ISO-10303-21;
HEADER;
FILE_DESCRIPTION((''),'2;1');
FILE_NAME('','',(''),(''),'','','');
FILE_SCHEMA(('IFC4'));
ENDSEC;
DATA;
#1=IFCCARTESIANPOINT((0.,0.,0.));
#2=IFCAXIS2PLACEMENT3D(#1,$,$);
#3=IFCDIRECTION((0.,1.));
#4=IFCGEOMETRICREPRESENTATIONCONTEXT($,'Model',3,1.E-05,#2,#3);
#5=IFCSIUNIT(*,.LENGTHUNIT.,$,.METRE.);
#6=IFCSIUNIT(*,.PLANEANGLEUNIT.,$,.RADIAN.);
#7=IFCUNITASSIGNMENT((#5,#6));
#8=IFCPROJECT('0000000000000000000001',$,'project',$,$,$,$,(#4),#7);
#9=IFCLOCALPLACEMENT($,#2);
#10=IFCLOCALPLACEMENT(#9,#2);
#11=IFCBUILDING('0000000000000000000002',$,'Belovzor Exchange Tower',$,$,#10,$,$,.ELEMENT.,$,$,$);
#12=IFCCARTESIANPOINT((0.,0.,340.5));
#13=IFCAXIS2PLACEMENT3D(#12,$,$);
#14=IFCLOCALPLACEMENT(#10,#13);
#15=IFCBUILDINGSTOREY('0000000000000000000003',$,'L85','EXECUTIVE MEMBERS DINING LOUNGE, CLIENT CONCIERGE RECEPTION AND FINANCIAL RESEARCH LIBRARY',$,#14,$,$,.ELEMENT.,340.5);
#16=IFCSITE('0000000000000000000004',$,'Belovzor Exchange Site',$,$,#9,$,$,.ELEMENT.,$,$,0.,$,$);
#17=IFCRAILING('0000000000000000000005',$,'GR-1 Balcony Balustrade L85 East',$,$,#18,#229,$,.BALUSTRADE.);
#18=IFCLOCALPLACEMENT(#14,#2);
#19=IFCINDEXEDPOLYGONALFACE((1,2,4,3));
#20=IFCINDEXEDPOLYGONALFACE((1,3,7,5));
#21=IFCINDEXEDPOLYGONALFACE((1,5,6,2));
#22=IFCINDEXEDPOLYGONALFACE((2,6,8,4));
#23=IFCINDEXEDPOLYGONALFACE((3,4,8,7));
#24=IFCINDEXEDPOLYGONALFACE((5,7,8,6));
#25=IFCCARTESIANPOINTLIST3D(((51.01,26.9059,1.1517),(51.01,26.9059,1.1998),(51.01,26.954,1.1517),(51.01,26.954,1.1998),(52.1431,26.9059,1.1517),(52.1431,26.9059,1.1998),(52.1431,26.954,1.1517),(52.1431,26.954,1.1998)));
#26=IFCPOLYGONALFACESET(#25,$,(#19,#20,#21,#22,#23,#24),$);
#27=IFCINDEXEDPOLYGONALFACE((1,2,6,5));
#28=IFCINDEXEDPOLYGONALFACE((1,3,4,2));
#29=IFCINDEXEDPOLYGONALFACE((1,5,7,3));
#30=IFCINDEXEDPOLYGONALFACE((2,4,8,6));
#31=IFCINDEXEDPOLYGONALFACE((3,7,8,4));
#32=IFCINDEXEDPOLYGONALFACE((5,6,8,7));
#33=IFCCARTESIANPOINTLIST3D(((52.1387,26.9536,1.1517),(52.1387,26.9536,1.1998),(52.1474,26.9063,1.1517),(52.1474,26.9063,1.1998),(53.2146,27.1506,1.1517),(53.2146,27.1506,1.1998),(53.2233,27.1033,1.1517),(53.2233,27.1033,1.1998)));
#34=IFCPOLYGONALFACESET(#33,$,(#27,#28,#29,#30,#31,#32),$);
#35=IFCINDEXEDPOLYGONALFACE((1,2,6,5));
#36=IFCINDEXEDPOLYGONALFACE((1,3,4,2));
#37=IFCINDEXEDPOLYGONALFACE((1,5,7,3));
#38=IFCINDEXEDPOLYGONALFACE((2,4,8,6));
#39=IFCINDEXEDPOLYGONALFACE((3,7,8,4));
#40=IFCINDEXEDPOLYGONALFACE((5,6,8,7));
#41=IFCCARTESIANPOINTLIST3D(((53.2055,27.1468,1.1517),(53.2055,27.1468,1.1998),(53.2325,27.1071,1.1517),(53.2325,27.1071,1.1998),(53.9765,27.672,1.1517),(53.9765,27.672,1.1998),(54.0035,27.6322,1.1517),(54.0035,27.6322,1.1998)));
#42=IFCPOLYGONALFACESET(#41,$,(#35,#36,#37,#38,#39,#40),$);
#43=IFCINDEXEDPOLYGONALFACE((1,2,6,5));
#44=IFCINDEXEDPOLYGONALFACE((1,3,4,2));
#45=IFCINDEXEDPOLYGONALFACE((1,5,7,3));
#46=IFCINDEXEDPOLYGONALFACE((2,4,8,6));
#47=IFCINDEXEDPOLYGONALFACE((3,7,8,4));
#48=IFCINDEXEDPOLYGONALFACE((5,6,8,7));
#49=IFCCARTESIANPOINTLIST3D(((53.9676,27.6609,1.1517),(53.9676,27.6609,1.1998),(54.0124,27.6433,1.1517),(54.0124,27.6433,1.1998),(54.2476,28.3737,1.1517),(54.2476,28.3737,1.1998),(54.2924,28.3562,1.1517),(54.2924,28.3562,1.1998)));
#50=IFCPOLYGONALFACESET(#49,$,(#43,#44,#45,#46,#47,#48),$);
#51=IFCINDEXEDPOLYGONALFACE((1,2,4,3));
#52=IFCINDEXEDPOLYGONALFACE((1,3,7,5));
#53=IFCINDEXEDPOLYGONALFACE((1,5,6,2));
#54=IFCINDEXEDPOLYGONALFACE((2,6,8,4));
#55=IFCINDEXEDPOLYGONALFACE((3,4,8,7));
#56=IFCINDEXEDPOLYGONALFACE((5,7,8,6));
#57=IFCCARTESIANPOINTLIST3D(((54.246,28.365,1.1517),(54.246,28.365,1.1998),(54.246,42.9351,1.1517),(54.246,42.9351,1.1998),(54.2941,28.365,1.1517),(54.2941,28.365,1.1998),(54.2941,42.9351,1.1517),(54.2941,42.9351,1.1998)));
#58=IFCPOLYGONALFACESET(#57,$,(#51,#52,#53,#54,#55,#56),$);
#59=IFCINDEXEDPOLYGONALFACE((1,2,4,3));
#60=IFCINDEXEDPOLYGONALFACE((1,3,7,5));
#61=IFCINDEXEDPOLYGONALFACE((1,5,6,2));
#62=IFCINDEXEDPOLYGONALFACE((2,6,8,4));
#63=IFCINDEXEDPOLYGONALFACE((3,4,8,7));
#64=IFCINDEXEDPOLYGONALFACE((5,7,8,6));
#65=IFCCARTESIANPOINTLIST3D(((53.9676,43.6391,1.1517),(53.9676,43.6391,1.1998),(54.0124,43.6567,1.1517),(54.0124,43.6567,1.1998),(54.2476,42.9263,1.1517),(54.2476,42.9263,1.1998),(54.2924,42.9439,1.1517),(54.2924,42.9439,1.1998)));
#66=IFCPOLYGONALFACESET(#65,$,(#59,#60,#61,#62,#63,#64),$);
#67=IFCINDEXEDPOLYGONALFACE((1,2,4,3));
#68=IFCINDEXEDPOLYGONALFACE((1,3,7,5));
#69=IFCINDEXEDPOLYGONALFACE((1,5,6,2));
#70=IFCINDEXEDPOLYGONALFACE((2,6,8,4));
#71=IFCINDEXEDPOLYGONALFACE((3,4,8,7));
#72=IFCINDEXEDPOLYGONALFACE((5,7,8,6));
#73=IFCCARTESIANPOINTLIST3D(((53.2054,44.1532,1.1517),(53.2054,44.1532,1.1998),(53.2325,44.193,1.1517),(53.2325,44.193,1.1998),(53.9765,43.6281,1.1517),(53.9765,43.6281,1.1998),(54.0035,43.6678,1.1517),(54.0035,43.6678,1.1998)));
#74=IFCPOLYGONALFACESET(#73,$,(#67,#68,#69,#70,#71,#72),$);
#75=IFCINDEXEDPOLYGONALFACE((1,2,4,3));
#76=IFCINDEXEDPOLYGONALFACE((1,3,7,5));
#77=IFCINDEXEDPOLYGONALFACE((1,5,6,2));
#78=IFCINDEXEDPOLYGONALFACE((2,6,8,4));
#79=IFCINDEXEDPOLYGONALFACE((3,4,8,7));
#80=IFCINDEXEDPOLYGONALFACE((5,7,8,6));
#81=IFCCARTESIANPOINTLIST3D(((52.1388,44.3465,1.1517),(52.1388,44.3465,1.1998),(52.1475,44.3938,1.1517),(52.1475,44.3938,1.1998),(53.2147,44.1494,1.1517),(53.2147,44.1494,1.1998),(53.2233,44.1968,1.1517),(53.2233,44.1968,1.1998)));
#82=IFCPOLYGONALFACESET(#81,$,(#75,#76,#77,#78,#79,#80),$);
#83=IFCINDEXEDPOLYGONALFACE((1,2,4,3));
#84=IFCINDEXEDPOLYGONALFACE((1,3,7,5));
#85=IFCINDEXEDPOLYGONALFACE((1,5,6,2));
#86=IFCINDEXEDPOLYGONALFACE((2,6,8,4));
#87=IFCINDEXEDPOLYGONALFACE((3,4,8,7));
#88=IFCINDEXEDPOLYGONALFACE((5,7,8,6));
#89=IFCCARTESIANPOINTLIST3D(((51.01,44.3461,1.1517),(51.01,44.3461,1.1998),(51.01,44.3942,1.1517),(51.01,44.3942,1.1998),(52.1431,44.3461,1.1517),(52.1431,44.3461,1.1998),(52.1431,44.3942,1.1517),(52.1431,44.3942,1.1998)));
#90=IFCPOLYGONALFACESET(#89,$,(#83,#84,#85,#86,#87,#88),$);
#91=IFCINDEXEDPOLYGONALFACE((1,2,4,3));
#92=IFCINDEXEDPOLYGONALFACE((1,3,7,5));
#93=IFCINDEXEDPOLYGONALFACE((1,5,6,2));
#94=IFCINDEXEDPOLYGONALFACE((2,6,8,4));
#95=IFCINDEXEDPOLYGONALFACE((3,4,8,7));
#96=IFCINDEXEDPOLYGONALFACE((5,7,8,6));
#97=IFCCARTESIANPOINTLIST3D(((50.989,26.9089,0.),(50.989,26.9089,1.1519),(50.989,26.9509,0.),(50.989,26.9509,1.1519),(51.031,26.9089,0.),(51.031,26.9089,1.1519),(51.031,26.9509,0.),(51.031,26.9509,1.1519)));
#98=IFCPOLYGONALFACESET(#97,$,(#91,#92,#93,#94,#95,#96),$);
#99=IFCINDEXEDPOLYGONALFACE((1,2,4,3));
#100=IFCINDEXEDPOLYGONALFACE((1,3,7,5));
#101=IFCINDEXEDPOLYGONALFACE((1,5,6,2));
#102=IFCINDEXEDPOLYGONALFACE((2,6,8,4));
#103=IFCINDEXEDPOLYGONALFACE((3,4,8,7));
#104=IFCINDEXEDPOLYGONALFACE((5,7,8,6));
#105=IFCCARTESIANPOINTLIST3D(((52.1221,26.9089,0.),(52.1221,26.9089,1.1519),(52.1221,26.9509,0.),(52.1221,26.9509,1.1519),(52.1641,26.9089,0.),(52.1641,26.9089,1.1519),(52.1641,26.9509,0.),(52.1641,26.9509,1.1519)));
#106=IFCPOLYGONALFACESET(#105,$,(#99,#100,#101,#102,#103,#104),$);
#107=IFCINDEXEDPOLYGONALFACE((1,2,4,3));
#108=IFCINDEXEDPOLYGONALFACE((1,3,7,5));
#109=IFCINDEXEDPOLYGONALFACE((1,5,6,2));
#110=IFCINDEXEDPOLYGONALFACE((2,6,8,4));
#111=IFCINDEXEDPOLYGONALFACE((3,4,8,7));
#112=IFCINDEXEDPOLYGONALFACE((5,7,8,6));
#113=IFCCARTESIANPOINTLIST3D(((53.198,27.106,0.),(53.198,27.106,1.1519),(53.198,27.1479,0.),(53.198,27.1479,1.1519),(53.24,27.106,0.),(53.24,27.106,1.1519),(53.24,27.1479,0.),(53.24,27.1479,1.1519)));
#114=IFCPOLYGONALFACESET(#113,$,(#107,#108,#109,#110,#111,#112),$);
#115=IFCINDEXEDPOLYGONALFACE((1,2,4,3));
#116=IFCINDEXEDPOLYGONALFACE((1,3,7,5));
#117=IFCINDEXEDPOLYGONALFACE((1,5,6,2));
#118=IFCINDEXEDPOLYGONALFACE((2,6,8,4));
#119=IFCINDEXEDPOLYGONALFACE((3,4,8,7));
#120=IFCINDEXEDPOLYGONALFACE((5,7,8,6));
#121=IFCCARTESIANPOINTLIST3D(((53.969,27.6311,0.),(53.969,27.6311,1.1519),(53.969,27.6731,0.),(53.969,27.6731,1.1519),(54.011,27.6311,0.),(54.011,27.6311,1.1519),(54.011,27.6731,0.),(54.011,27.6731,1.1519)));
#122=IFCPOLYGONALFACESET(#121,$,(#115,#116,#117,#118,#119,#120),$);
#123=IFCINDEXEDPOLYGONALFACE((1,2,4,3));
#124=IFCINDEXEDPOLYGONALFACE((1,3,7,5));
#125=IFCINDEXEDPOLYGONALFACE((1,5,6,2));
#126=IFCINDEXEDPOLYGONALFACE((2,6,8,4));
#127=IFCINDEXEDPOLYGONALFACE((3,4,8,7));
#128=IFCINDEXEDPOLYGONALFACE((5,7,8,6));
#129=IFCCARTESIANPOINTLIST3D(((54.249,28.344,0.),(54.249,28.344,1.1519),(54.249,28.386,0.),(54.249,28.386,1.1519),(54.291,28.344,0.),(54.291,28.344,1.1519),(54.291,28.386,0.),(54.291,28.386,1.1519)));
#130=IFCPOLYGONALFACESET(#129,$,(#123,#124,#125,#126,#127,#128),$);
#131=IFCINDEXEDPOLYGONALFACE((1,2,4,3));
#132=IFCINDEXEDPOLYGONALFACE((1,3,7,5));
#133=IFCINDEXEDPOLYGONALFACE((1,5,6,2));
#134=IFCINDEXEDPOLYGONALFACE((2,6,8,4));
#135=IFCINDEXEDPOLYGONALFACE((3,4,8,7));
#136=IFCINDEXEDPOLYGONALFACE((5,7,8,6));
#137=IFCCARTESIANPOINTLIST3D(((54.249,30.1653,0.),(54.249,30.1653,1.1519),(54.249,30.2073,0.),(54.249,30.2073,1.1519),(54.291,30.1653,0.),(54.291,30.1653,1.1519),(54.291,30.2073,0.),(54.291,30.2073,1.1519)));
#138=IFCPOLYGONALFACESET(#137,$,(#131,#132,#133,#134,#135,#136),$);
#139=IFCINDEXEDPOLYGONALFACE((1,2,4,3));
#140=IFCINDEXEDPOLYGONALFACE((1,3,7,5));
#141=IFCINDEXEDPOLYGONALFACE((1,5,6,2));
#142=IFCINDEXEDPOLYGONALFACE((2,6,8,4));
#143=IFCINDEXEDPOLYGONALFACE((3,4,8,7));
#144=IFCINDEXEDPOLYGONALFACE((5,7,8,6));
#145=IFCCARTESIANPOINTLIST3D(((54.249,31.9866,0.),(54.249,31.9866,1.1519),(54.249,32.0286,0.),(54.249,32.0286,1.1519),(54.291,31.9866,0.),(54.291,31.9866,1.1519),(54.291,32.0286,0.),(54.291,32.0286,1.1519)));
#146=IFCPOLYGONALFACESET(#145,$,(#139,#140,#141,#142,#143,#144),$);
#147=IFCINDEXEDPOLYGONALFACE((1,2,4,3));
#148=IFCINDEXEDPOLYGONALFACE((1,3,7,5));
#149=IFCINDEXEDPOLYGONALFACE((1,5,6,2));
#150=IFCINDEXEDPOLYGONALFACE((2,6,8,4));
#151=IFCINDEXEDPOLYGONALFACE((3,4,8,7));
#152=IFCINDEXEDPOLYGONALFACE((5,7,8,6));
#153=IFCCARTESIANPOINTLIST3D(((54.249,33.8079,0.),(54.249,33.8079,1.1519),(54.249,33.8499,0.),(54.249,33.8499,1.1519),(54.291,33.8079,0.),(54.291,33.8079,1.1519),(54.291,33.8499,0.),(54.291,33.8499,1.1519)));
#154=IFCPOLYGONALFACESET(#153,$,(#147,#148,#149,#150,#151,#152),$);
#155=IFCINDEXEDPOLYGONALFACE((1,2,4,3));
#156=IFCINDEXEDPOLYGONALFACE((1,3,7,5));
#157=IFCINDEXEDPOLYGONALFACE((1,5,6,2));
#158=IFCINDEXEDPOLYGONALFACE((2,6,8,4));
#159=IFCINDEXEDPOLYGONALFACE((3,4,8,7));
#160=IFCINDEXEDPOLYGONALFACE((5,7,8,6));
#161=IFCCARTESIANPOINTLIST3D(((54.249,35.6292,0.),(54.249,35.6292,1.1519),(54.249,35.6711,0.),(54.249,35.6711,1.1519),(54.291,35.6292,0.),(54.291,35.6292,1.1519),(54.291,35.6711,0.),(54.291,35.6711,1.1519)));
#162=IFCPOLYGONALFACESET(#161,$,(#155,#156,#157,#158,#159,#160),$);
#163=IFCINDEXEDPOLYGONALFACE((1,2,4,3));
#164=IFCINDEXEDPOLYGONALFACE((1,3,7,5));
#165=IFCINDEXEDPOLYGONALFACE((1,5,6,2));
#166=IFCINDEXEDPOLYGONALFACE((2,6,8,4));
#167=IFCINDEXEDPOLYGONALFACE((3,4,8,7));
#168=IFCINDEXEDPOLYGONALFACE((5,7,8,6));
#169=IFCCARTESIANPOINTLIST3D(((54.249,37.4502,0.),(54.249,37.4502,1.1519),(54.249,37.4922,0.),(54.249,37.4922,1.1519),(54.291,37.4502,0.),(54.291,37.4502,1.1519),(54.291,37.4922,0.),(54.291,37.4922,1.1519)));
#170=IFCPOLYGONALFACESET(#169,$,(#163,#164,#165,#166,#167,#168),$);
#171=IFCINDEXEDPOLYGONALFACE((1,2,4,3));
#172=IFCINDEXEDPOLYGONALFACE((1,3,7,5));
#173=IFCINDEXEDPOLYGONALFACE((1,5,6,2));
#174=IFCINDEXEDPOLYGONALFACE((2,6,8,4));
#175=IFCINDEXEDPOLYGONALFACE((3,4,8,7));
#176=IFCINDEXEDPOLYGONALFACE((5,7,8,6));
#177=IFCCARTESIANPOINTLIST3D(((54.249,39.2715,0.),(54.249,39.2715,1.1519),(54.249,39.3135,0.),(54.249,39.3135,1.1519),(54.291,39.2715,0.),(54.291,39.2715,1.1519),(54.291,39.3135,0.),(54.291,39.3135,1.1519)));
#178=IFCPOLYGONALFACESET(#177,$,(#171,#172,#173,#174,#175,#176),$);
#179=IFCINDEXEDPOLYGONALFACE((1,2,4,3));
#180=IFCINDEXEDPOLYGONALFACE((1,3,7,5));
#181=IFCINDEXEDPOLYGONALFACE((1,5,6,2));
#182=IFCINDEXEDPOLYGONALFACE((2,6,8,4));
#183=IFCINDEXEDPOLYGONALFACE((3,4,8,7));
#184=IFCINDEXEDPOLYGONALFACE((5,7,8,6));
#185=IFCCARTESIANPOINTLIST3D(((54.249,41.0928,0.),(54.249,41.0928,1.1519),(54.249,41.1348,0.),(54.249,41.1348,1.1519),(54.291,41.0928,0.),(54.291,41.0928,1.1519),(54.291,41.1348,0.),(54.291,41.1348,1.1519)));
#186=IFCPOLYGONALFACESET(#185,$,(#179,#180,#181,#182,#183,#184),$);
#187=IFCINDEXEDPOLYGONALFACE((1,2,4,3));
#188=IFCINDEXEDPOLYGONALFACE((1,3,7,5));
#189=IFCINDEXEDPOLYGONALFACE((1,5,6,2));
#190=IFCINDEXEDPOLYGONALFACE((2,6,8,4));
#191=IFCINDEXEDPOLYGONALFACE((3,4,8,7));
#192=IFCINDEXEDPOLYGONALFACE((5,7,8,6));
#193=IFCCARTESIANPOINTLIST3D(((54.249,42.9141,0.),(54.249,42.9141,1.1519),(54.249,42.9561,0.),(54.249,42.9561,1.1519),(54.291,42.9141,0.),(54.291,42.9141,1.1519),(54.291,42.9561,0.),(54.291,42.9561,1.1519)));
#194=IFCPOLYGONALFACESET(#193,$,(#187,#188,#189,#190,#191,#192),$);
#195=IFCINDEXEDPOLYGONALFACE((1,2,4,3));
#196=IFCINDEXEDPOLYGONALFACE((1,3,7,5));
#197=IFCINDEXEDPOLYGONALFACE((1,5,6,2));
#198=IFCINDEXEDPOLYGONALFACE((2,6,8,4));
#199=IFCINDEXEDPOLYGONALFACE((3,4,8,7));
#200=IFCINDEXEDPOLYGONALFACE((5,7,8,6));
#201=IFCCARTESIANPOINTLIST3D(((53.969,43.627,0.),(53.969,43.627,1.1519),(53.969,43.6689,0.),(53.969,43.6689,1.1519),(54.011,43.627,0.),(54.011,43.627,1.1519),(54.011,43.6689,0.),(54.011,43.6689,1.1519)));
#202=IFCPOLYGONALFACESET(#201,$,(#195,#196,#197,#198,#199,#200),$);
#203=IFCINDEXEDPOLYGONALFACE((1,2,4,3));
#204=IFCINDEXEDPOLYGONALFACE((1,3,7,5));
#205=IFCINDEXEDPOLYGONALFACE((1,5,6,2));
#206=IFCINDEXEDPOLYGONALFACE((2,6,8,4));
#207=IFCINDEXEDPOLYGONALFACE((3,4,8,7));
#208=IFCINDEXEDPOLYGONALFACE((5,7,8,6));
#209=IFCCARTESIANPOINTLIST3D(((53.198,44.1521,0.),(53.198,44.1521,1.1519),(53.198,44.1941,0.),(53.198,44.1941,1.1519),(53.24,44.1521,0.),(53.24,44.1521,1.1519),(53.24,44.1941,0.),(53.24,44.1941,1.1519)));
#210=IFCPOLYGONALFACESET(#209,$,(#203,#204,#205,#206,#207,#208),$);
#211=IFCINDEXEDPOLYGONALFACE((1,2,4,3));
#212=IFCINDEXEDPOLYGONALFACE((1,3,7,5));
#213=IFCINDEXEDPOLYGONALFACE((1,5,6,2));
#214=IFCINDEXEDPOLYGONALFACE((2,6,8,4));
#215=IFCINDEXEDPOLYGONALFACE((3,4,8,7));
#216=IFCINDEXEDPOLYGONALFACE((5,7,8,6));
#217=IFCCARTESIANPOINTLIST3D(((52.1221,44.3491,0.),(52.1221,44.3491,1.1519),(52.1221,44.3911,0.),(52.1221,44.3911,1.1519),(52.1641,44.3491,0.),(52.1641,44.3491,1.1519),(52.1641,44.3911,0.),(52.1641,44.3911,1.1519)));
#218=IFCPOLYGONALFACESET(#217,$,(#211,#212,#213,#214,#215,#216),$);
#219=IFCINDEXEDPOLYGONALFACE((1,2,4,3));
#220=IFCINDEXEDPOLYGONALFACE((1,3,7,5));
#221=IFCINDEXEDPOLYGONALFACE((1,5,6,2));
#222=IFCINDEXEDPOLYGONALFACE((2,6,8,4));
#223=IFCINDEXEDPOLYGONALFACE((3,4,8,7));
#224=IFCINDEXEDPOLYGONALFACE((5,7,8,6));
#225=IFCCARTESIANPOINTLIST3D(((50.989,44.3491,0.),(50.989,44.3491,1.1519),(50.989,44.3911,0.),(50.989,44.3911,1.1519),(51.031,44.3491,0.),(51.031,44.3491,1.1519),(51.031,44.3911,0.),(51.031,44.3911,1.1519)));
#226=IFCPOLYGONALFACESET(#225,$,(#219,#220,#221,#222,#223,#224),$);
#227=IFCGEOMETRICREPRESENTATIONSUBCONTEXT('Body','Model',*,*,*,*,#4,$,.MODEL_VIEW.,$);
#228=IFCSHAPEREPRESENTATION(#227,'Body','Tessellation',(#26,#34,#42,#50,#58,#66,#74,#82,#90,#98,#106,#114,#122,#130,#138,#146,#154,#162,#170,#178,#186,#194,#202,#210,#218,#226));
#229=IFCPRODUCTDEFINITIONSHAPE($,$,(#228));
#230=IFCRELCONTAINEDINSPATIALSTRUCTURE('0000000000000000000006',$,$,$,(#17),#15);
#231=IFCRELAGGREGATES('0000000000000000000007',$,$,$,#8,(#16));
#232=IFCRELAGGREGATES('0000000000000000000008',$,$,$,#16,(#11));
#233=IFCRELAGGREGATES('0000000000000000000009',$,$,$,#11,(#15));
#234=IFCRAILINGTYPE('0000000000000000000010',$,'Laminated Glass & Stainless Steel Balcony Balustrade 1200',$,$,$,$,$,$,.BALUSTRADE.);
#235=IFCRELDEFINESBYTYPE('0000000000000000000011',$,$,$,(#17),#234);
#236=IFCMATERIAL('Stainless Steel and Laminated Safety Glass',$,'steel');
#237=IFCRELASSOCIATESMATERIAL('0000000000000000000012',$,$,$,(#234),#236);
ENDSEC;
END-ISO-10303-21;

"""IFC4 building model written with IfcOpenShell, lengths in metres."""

from ifc_helpers import new_model, si_unit, direction, frame, origin, origin_2d, place, context, subcontext, project, spatial, rectangle, extrude, material, type_object, element, save


model = new_model("IFC4")

# Units and contexts
model_context = context("Model", 3, precision=1e-05, world=origin(), true_north=direction((0.0, 1.0)))
body_context = subcontext(model_context, "Body", "Model", "MODEL_VIEW")
ifc_project = project(units=[si_unit("LENGTHUNIT", "METRE"), si_unit("PLANEANGLEUNIT", "RADIAN")], contexts=[model_context])

# Site, building, storey
site_placement = place(None, origin())
site = spatial("IfcSite", under=ifc_project, at=site_placement, Name="Belovzor Exchange Site", CompositionType="ELEMENT", RefElevation=0.0)
building_placement = place(site_placement, origin())
building = spatial("IfcBuilding", under=site, at=building_placement, Name="Belovzor Exchange Tower", CompositionType="ELEMENT")
storey_placement = place(building_placement, frame((0.0, 0.0, 340.5)))
storey = spatial("IfcBuildingStorey", under=building, at=storey_placement, Name="L85", Description="EXECUTIVE MEMBERS DINING LOUNGE, CLIENT CONCIERGE RECEPTION AND FINANCIAL RESEARCH LIBRARY", CompositionType="ELEMENT", Elevation=340.5)

# Railing
ifc_material_1 = material(Name="Stainless Steel and Laminated Safety Glass", Category="steel")
railing_type = type_object("IfcRailingType", Name="Laminated Glass & Stainless Steel Balcony Balustrade 1200", PredefinedType="BALUSTRADE", material=ifc_material_1)
railing_placement = place(storey_placement, frame((51.01, 26.9299, 0.0)))
element("IfcRailing", 1, at=railing_placement, inside=storey, type_object=railing_type, Name="GR-1 Balcony Balustrade L85 East", PredefinedType="BALUSTRADE", context=body_context, shape_type="SweptSolid", body=[
    extrude(rectangle(XDim=0.0481, YDim=0.0481, at=origin_2d()), frame((0.0, 0.0, 1.1758), z_axis=(1.0, 0.0, 0.0), x_axis=(0.0, 1.0, 0.0)), (0.0, 0.0, 1.0), 1.1331),
    extrude(rectangle(XDim=0.0481, YDim=0.0481, at=origin_2d()), frame((1.1331, 0.0, 1.1758), z_axis=(0.983644, 0.180123, 0.0), x_axis=(-0.180123, 0.983644, 0.0)), (0.0, 0.0, 1.0), 1.0938),
    extrude(rectangle(XDim=0.0481, YDim=0.0481, at=origin_2d()), frame((2.209, 0.197, 1.1758), z_axis=(0.826493, 0.562947, 0.0), x_axis=(-0.562947, 0.826493, 0.0)), (0.0, 0.0, 1.0), 0.9329),
    extrude(rectangle(XDim=0.0481, YDim=0.0481, at=origin_2d()), frame((2.98, 0.7222, 1.1758), z_axis=(0.365613, 0.930767, 0.0), x_axis=(-0.930767, 0.365613, 0.0)), (0.0, 0.0, 1.0), 0.7659),
    extrude(rectangle(XDim=0.0481, YDim=0.0481, at=origin_2d()), frame((3.26, 1.4351, 1.1758), z_axis=(0.0, 1.0, 0.0), x_axis=(-1.0, 0.0, 0.0)), (0.0, 0.0, 1.0), 14.5701),
    extrude(rectangle(XDim=0.0481, YDim=0.0481, at=origin_2d()), frame((3.26, 16.0051, 1.1758), z_axis=(-0.365613, 0.930767, 0.0), x_axis=(-0.930767, -0.365613, 0.0)), (0.0, 0.0, 1.0), 0.7659),
    extrude(rectangle(XDim=0.0481, YDim=0.0481, at=origin_2d()), frame((2.98, 16.718, 1.1758), z_axis=(-0.826493, 0.562947, 0.0), x_axis=(-0.562947, -0.826493, 0.0)), (0.0, 0.0, 1.0), 0.9329),
    extrude(rectangle(XDim=0.0481, YDim=0.0481, at=origin_2d()), frame((2.209, 17.2432, 1.1758), z_axis=(-0.983644, 0.180123, 0.0), x_axis=(-0.180123, -0.983644, 0.0)), (0.0, 0.0, 1.0), 1.0938),
    extrude(rectangle(XDim=0.0481, YDim=0.0481, at=origin_2d()), frame((1.1331, 17.4402, 1.1758), z_axis=(-1.0, 0.0, 0.0), x_axis=(0.0, -1.0, 0.0)), (0.0, 0.0, 1.0), 1.1331),
    extrude(rectangle(XDim=0.042, YDim=0.042, at=origin_2d()), origin(), (0.0, 0.0, 1.0), 1.1519),
    extrude(rectangle(XDim=0.042, YDim=0.042, at=origin_2d()), frame((1.1331, 0.0, 0.0)), (0.0, 0.0, 1.0), 1.1519),
    extrude(rectangle(XDim=0.042, YDim=0.042, at=origin_2d()), frame((2.209, 0.197, 0.0)), (0.0, 0.0, 1.0), 1.1519),
    extrude(rectangle(XDim=0.042, YDim=0.042, at=origin_2d()), frame((2.98, 0.7222, 0.0)), (0.0, 0.0, 1.0), 1.1519),
    extrude(rectangle(XDim=0.042, YDim=0.042, at=origin_2d()), frame((3.26, 1.4351, 0.0)), (0.0, 0.0, 1.0), 1.1519),
    extrude(rectangle(XDim=0.042, YDim=0.042, at=origin_2d()), frame((3.26, 3.2563, 0.0)), (0.0, 0.0, 1.0), 1.1519),
    extrude(rectangle(XDim=0.042, YDim=0.042, at=origin_2d()), frame((3.26, 5.0776, 0.0)), (0.0, 0.0, 1.0), 1.1519),
    extrude(rectangle(XDim=0.042, YDim=0.042, at=origin_2d()), frame((3.26, 6.8989, 0.0)), (0.0, 0.0, 1.0), 1.1519),
    extrude(rectangle(XDim=0.042, YDim=0.042, at=origin_2d()), frame((3.26, 8.7202, 0.0)), (0.0, 0.0, 1.0), 1.1519),
    extrude(rectangle(XDim=0.042, YDim=0.042, at=origin_2d()), frame((3.26, 10.5413, 0.0)), (0.0, 0.0, 1.0), 1.1519),
    extrude(rectangle(XDim=0.042, YDim=0.042, at=origin_2d()), frame((3.26, 12.3625, 0.0)), (0.0, 0.0, 1.0), 1.1519),
    extrude(rectangle(XDim=0.042, YDim=0.042, at=origin_2d()), frame((3.26, 14.1838, 0.0)), (0.0, 0.0, 1.0), 1.1519),
    extrude(rectangle(XDim=0.042, YDim=0.042, at=origin_2d()), frame((3.26, 16.0051, 0.0)), (0.0, 0.0, 1.0), 1.1519),
    extrude(rectangle(XDim=0.042, YDim=0.042, at=origin_2d()), frame((2.98, 16.718, 0.0)), (0.0, 0.0, 1.0), 1.1519),
    extrude(rectangle(XDim=0.042, YDim=0.042, at=origin_2d()), frame((2.209, 17.2432, 0.0)), (0.0, 0.0, 1.0), 1.1519),
    extrude(rectangle(XDim=0.042, YDim=0.042, at=origin_2d()), frame((1.1331, 17.4402, 0.0)), (0.0, 0.0, 1.0), 1.1519),
    extrude(rectangle(XDim=0.042, YDim=0.042, at=origin_2d()), frame((0.0, 17.4402, 0.0)), (0.0, 0.0, 1.0), 1.1519),
])

save(model, "model.ifc")
